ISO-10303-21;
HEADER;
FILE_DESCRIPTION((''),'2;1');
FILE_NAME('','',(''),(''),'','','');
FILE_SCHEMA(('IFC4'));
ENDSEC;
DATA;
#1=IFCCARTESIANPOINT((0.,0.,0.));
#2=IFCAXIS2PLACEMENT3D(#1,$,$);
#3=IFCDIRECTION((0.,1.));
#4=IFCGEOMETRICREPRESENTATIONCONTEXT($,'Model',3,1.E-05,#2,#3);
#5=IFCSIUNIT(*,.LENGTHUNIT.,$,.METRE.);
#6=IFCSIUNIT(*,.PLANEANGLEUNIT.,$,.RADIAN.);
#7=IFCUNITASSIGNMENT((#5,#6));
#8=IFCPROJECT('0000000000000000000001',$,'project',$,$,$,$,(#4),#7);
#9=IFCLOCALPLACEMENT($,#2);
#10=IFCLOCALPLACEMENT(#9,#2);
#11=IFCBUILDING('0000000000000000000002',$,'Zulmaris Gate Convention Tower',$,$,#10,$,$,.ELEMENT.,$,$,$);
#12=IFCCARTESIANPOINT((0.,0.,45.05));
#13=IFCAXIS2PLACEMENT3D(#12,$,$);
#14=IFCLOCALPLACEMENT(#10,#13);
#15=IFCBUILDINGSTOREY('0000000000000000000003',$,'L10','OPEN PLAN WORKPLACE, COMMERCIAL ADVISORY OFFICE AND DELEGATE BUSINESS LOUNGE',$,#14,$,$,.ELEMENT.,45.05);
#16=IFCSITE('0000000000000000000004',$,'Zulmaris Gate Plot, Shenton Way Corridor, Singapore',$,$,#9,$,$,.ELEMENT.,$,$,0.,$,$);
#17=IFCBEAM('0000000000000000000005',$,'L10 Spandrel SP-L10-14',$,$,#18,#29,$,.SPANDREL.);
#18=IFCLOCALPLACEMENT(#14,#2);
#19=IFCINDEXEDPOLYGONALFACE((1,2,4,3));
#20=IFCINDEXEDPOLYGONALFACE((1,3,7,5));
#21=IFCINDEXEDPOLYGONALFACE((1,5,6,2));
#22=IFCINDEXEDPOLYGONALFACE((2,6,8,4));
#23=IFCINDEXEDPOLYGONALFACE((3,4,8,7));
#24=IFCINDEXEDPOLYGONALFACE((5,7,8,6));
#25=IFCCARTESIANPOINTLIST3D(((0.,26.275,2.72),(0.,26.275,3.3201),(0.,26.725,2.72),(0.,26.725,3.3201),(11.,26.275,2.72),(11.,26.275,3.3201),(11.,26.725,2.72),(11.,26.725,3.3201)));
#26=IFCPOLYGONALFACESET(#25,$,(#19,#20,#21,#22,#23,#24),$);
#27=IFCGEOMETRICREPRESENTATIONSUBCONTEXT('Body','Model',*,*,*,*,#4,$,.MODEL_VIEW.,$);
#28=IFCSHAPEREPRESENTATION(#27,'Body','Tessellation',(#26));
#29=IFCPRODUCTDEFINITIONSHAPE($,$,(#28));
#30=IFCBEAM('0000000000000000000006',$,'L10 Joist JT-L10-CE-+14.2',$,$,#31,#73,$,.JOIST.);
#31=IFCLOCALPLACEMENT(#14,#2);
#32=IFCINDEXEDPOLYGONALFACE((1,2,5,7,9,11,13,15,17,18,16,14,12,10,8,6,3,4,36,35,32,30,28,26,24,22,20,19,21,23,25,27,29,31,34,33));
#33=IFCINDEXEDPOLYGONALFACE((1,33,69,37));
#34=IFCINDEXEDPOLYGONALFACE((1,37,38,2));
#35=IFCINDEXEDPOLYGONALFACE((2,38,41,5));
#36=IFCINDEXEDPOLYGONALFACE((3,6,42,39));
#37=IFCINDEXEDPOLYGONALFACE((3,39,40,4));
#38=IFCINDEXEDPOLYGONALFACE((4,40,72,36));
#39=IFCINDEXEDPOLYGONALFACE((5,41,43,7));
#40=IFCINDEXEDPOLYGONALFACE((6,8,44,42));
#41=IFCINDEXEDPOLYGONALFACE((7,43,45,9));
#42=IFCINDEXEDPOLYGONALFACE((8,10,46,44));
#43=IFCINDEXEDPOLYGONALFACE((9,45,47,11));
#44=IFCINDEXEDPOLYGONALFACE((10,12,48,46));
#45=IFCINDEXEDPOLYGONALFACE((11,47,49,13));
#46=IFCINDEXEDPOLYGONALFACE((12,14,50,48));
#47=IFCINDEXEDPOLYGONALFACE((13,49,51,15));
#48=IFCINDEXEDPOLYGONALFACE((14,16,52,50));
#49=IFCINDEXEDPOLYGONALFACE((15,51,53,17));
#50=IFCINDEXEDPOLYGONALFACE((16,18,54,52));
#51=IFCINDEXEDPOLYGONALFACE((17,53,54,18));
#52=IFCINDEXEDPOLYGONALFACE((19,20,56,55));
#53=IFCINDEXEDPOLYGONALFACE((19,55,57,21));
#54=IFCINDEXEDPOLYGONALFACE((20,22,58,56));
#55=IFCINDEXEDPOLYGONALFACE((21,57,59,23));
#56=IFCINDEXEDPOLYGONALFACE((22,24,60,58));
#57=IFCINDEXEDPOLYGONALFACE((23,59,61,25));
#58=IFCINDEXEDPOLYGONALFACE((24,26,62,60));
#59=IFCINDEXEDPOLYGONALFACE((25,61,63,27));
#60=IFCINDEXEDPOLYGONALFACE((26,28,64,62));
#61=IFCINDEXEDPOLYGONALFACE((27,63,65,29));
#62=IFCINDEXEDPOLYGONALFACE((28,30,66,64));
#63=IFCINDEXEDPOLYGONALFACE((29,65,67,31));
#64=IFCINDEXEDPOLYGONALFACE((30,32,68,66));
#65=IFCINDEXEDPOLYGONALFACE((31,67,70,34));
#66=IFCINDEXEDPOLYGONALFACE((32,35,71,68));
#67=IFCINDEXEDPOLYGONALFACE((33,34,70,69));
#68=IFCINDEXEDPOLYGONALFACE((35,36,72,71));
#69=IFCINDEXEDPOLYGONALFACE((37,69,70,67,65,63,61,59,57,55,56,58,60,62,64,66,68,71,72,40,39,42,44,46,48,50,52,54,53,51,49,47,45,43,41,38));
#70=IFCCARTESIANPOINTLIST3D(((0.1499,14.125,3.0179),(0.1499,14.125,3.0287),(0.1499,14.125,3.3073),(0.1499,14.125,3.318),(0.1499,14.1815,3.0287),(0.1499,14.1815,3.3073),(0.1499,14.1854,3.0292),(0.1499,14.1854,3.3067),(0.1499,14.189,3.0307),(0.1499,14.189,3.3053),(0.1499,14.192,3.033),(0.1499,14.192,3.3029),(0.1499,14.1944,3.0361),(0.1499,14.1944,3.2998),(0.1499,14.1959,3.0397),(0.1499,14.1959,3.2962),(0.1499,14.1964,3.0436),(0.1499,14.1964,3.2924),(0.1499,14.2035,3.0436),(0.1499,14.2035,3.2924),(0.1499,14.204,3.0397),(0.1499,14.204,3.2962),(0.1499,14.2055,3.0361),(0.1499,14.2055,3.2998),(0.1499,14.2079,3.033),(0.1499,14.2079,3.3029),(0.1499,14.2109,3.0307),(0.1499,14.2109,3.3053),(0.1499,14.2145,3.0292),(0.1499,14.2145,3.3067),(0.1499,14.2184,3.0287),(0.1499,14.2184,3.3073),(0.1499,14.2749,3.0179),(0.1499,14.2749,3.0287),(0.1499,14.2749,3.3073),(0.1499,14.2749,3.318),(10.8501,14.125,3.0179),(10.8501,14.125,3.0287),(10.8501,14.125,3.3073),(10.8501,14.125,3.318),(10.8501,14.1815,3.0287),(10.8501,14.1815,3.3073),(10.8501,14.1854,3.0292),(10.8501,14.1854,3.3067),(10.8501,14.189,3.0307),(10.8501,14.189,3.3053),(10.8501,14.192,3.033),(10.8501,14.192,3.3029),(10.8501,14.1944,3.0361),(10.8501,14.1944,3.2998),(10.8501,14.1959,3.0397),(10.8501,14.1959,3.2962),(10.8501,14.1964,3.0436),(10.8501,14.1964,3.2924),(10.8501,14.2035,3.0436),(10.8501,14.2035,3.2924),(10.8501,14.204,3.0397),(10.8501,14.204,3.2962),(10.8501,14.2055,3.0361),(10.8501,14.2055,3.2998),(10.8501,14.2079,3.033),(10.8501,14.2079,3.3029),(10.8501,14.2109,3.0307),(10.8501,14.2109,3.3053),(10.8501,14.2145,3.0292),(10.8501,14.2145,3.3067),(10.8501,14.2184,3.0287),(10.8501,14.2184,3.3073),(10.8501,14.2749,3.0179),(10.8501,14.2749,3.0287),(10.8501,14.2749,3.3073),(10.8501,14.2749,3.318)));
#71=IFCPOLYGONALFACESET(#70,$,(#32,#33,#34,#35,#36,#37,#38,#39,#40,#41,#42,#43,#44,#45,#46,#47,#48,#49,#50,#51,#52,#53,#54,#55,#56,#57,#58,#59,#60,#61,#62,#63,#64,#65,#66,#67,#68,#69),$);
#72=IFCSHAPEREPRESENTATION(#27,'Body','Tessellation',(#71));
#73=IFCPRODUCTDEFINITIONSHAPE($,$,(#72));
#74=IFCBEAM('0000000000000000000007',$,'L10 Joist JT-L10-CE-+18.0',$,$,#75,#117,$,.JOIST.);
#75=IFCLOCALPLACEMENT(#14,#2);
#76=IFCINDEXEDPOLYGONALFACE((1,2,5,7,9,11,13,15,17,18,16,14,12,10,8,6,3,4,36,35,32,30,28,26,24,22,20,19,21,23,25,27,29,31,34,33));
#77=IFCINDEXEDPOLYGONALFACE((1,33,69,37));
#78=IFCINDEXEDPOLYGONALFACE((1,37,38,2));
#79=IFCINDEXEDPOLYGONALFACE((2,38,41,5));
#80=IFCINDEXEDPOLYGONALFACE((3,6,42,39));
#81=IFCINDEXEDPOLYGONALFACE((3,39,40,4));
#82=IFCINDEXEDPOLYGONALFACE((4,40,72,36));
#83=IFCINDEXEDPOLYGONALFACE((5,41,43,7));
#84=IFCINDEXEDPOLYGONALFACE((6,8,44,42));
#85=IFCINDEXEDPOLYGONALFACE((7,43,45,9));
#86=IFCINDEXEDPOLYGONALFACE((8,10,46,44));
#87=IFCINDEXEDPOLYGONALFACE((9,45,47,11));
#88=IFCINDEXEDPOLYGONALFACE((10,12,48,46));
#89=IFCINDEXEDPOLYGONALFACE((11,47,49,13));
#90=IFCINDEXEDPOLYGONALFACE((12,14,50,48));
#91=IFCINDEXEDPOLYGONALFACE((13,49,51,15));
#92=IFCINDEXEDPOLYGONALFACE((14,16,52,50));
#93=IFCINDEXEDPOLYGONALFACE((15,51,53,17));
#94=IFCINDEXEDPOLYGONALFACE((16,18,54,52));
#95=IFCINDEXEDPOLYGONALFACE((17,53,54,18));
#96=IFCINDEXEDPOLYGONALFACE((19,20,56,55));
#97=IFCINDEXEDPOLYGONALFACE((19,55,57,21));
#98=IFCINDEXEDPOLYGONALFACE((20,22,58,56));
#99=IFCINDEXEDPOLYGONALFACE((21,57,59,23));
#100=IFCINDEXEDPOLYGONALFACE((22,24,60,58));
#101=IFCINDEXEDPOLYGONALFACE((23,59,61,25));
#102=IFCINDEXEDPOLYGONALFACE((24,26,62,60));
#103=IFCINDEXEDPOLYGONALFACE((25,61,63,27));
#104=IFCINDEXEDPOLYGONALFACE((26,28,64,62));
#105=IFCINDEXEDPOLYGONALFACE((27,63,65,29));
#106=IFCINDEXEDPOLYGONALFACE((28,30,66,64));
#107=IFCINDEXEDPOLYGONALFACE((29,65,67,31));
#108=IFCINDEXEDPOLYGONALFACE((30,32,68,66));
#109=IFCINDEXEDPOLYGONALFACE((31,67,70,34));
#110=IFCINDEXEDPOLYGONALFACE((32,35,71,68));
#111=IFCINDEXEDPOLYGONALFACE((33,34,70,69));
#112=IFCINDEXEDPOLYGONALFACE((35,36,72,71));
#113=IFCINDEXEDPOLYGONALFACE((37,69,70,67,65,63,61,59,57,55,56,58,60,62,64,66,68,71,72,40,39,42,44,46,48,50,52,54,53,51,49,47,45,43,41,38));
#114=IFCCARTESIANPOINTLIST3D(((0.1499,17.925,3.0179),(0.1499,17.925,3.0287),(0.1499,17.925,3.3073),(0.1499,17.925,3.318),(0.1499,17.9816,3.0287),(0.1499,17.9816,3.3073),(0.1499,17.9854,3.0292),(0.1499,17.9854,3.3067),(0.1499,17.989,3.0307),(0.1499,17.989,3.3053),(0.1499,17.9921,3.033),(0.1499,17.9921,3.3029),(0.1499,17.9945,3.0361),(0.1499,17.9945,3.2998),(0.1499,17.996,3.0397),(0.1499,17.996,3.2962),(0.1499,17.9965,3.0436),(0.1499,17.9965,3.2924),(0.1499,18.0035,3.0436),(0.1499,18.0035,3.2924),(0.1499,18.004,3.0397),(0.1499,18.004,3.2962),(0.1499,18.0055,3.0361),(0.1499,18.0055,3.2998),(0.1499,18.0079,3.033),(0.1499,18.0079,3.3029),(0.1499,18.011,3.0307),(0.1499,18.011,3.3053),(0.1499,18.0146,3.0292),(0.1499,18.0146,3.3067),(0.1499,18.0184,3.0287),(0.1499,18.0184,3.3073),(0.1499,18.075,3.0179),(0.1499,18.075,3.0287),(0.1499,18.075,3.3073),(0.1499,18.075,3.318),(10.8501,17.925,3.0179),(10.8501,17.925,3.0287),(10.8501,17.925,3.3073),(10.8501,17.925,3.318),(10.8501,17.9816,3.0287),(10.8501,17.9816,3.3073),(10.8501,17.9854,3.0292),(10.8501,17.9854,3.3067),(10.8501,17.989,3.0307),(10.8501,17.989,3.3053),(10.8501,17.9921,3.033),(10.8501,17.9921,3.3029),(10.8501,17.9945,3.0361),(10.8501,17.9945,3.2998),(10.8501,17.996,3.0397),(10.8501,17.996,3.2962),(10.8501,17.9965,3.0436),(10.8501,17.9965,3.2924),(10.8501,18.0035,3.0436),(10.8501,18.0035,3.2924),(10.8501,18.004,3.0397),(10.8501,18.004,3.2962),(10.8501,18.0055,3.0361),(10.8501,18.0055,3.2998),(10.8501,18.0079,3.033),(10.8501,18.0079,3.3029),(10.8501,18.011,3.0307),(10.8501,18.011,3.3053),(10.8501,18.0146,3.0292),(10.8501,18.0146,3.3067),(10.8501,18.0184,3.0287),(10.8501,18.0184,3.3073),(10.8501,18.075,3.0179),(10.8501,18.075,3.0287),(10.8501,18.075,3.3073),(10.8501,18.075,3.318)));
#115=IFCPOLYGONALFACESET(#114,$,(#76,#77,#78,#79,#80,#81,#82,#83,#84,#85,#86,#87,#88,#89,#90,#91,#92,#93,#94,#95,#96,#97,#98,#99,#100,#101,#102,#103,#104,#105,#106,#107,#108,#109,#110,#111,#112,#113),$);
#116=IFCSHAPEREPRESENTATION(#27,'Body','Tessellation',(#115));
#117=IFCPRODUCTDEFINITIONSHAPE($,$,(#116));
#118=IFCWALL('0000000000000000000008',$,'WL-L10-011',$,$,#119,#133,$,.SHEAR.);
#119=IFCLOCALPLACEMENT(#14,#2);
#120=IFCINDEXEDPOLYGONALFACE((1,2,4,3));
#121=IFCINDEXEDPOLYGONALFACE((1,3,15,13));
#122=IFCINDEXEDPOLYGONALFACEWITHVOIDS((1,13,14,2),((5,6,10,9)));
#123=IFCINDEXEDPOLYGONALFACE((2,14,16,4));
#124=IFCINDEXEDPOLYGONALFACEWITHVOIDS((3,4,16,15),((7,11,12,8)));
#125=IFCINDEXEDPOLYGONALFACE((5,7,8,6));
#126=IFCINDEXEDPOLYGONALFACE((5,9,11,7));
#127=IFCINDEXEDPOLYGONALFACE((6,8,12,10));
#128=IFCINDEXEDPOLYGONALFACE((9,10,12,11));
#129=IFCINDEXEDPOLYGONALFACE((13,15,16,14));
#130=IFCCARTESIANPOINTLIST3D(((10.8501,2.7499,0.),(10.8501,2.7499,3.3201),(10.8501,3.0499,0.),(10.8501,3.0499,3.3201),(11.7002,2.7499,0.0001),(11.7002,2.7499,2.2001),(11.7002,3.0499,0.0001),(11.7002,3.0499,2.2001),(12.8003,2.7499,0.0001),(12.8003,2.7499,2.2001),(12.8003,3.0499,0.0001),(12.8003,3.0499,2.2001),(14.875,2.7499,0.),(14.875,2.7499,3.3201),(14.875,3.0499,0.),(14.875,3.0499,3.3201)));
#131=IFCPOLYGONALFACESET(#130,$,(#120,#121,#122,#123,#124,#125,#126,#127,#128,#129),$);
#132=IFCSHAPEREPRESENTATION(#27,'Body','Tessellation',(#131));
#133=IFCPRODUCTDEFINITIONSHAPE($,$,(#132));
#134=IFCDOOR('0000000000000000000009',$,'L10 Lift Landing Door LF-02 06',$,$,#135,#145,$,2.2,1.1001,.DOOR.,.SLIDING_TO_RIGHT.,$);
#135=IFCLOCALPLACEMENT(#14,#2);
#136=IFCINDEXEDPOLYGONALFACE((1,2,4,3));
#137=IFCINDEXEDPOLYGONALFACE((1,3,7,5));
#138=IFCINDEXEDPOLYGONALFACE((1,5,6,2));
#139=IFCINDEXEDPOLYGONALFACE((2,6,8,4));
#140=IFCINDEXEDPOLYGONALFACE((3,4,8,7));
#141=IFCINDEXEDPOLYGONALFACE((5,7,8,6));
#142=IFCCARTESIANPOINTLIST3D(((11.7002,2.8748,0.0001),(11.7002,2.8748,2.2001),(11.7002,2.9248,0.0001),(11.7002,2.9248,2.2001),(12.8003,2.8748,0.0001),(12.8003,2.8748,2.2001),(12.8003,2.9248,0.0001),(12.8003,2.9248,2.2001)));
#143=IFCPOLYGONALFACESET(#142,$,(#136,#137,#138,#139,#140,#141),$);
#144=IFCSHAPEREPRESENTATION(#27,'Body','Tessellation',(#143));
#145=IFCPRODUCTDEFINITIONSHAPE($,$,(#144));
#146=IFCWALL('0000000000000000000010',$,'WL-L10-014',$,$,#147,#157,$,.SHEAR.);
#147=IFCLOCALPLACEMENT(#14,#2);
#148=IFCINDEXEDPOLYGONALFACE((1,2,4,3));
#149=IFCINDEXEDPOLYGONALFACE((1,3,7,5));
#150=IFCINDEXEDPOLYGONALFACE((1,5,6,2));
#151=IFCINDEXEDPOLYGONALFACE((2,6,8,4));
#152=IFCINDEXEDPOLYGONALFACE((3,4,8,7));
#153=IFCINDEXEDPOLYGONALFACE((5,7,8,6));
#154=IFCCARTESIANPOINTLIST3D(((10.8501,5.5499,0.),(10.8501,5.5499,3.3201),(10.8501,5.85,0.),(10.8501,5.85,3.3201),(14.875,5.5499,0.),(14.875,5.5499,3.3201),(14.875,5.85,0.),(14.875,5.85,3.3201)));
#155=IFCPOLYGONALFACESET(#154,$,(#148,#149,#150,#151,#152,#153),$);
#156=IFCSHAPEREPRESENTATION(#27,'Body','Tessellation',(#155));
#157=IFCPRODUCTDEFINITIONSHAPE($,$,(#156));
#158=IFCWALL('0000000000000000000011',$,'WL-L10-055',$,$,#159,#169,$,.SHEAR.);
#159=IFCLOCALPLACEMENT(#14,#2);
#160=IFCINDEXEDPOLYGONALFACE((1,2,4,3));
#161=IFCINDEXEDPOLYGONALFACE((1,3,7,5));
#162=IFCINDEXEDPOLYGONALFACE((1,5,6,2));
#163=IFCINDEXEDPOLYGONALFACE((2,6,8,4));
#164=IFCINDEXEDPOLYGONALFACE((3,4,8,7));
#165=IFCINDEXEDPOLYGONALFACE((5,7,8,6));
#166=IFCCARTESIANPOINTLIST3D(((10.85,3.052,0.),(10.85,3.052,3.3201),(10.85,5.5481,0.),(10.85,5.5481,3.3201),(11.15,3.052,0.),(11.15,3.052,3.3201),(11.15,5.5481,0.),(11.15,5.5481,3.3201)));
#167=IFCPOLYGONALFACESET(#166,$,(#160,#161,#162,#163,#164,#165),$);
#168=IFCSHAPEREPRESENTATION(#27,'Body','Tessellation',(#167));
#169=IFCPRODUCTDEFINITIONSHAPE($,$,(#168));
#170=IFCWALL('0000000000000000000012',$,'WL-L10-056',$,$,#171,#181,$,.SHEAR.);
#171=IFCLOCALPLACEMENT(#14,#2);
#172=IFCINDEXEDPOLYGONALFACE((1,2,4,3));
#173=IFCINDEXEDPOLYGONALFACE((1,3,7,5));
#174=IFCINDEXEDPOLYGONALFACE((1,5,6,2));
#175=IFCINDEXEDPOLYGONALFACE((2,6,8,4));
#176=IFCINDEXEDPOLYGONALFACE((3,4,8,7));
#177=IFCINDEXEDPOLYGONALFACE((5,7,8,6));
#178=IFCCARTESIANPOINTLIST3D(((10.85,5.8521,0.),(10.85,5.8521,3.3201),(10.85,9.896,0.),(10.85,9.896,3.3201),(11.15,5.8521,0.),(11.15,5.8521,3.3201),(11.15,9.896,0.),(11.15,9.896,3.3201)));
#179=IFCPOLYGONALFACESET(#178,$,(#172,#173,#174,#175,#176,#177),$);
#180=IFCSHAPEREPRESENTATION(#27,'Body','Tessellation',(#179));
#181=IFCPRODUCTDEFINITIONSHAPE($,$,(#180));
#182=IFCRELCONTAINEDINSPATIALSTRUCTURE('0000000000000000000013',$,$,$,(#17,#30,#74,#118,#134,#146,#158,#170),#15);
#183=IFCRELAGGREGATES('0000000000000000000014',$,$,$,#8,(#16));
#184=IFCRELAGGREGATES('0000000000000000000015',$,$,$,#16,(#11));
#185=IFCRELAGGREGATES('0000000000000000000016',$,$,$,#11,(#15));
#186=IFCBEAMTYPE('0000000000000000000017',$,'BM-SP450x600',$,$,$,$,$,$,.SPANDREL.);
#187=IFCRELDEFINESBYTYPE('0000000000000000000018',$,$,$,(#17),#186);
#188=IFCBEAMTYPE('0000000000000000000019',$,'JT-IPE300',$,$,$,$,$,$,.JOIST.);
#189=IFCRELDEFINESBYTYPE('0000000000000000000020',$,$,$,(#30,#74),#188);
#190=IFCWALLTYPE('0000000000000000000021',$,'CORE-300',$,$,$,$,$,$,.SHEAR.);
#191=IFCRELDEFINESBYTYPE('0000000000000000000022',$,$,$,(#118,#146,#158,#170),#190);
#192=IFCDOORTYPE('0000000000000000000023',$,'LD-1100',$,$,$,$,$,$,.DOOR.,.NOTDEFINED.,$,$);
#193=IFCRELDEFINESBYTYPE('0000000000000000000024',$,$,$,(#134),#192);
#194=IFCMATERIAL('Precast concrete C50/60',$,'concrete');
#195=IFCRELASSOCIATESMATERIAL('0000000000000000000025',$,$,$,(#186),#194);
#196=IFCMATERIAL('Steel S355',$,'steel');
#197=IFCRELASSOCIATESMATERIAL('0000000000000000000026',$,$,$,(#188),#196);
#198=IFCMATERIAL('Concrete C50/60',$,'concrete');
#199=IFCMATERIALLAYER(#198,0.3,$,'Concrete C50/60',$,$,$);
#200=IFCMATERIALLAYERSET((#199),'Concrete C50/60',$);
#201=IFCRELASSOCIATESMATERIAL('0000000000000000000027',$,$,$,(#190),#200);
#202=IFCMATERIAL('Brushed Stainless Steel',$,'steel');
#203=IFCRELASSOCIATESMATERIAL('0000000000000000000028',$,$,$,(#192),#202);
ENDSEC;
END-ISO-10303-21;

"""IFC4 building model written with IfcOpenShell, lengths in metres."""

from ifc_helpers import new_model, si_unit, direction, frame, frame_2d, origin, origin_2d, place, context, subcontext, project, spatial, rectangle, i_section, extrude, material, layer, layer_set, material_profile, profile_set, type_object, element, fill, save


model = new_model("IFC4")

# Units and contexts
model_context = context("Model", 3, precision=1e-05, world=origin(), true_north=direction((0.0, 1.0)))
body_context = subcontext(model_context, "Body", "Model", "MODEL_VIEW")
ifc_project = project(units=[si_unit("LENGTHUNIT", "METRE"), si_unit("PLANEANGLEUNIT", "RADIAN")], contexts=[model_context])

# Site, building, storey
site_placement = place(None, origin())
site = spatial("IfcSite", under=ifc_project, at=site_placement, Name="Zulmaris Gate Plot, Shenton Way Corridor, Singapore", CompositionType="ELEMENT", RefElevation=0.0)
building_placement = place(site_placement, origin())
building = spatial("IfcBuilding", under=site, at=building_placement, Name="Zulmaris Gate Convention Tower", CompositionType="ELEMENT")
storey_placement = place(building_placement, frame((0.0, 0.0, 45.05)))
storey = spatial("IfcBuildingStorey", under=building, at=storey_placement, Name="L10", Description="OPEN PLAN WORKPLACE, COMMERCIAL ADVISORY OFFICE AND DELEGATE BUSINESS LOUNGE", CompositionType="ELEMENT", Elevation=45.05)

# Beams
ifc_material_1 = material(Name="Steel S355", Category="steel")
ifc_material_2 = material(Name="Precast concrete C50/60", Category="concrete")
ifc_material_profile_1 = material_profile(ifc_material_2, rectangle(XDim=0.45, YDim=0.6001, at=origin_2d()), Name="RC SPANDREL 450x600")
ifc_profile_set_1 = profile_set([ifc_material_profile_1], Name="Precast concrete C50/60")
beam_type_1 = type_object("IfcBeamType", Name="BM-SP450x600", PredefinedType="SPANDREL", material=ifc_profile_set_1)
beam_1_placement = place(storey_placement, frame((11.0, 26.5, 3.02), z_axis=(-1.0, 0.0, 0.0), x_axis=(0.0, -1.0, 0.0)))
element("IfcBeam", 1, at=beam_1_placement, inside=storey, type_object=beam_type_1, Name="L10 Spandrel SP-L10-14", PredefinedType="SPANDREL", context=body_context, shape_type="SweptSolid", body=[
    extrude(rectangle(XDim=0.45, YDim=0.6001, at=origin_2d()), origin(), (0.0, 0.0, 1.0), 11.0),
])
ifc_material_profile_2 = material_profile(ifc_material_1, i_section(OverallWidth=0.1499, OverallDepth=0.3, WebThickness=0.0071, FlangeThickness=0.0107, FilletRadius=0.0149, at=origin_2d()), Name="IPE 300")
ifc_profile_set_2 = profile_set([ifc_material_profile_2], Name="Steel S355")
beam_type_2 = type_object("IfcBeamType", Name="JT-IPE300", PredefinedType="JOIST", material=ifc_profile_set_2)
for number, where, z_axis, x_axis, name in (
    (2, (0.1499, 14.2, 3.168), (1.0, 0.0, 0.0), (0.0, 1.0, 0.0), "L10 Joist JT-L10-CE-+14.2"),
    (3, (0.1499, 18.0, 3.168), (1.0, 0.0, 0.0), (0.0, 1.0, 0.0), "L10 Joist JT-L10-CE-+18.0"),
):
    element("IfcBeam", number, at=place(storey_placement, frame(where, z_axis=z_axis, x_axis=x_axis)), inside=storey, type_object=beam_type_2, Name=name, PredefinedType="JOIST", context=body_context, shape_type="SweptSolid", body=[
        extrude(i_section(OverallWidth=0.1499, OverallDepth=0.3, WebThickness=0.0071, FlangeThickness=0.0107, FilletRadius=0.0149, at=origin_2d()), origin(), (0.0, 0.0, 1.0), 10.7002),
    ])

# Wall, opening, door
ifc_material_3 = material(Name="Concrete C50/60", Category="concrete")
ifc_layer_1 = layer(ifc_material_3, 0.3, Name="Concrete C50/60")
ifc_layer_set_1 = layer_set([ifc_layer_1], Name="Concrete C50/60")
wall_type_1 = type_object("IfcWallType", Name="CORE-300", PredefinedType="SHEAR", material=ifc_layer_set_1)
wall_1_placement = place(storey_placement, frame((10.8501, 2.8999, 0.0), z_axis=(0.0, 0.0, 1.0), x_axis=(1.0, 0.0, 0.0)))
wall_1 = element("IfcWall", 4, at=wall_1_placement, inside=storey, type_object=wall_type_1, Name="WL-L10-011", PredefinedType="SHEAR", context=body_context, shape_type="SweptSolid", body=[
    extrude(rectangle(XDim=4.0249, YDim=0.3, at=frame_2d((2.0125, 0.0))), origin(), (0.0, 0.0, 1.0), 3.3201),
])
opening_1_placement = place(wall_1_placement, frame((0.8501, 0.0, 0.0)))
opening_1 = element("IfcOpeningElement", 5, at=opening_1_placement, cuts=wall_1, PredefinedType="OPENING", context=body_context, shape_type="SweptSolid", body=[
    extrude(rectangle(XDim=1.1001, YDim=2.2, at=frame_2d((0.55, 1.1001))), frame((0.0, 0.1602, 0.0), z_axis=(0.0, -1.0, 0.0), x_axis=(1.0, 0.0, 0.0)), (0.0, 0.0, 1.0), 0.3201),
])
ifc_material_4 = material(Name="Brushed Stainless Steel", Category="steel")
door_type_1 = type_object("IfcDoorType", Name="LD-1100", OperationType="NOTDEFINED", PredefinedType="DOOR", material=ifc_material_4)
door_1_placement = place(opening_1_placement, origin())
door_1 = element("IfcDoor", 6, at=door_1_placement, inside=storey, type_object=door_type_1, Name="L10 Lift Landing Door LF-02 06", OperationType="SLIDING_TO_RIGHT", OverallHeight=2.2, OverallWidth=1.1001, PredefinedType="DOOR", context=body_context, shape_type="SweptSolid", body=[
    extrude(rectangle(XDim=1.1001, YDim=2.2, at=frame_2d((0.55, 1.1001))), frame((0.0, 0.0249, 0.0), z_axis=(0.0, -1.0, 0.0), x_axis=(1.0, 0.0, 0.0)), (0.0, 0.0, 1.0), 0.05),
])
fill(opening_1, door_1)

# Wall
wall_2_placement = place(storey_placement, frame((10.8501, 5.7, 0.0), z_axis=(0.0, 0.0, 1.0), x_axis=(1.0, 0.0, 0.0)))
element("IfcWall", 7, at=wall_2_placement, inside=storey, type_object=wall_type_1, Name="WL-L10-014", PredefinedType="SHEAR", context=body_context, shape_type="SweptSolid", body=[
    extrude(rectangle(XDim=4.0249, YDim=0.3, at=frame_2d((2.0125, 0.0))), origin(), (0.0, 0.0, 1.0), 3.3201),
])

# Walls
wall_3_placement = place(storey_placement, frame((11.0, 3.052, 0.0), z_axis=(0.0, 0.0, 1.0), x_axis=(0.0, 1.0, 0.0)))
element("IfcWall", 8, at=wall_3_placement, inside=storey, type_object=wall_type_1, Name="WL-L10-055", PredefinedType="SHEAR", context=body_context, shape_type="SweptSolid", body=[
    extrude(rectangle(XDim=2.4961, YDim=0.3, at=frame_2d((1.248, 0.0))), origin(), (0.0, 0.0, 1.0), 3.3201),
])
wall_4_placement = place(storey_placement, frame((11.0, 5.8521, 0.0), z_axis=(0.0, 0.0, 1.0), x_axis=(0.0, 1.0, 0.0)))
element("IfcWall", 9, at=wall_4_placement, inside=storey, type_object=wall_type_1, Name="WL-L10-056", PredefinedType="SHEAR", context=body_context, shape_type="SweptSolid", body=[
    extrude(rectangle(XDim=4.0439, YDim=0.3, at=frame_2d((2.022, 0.0))), origin(), (0.0, 0.0, 1.0), 3.3201),
])

save(model, "model.ifc")
